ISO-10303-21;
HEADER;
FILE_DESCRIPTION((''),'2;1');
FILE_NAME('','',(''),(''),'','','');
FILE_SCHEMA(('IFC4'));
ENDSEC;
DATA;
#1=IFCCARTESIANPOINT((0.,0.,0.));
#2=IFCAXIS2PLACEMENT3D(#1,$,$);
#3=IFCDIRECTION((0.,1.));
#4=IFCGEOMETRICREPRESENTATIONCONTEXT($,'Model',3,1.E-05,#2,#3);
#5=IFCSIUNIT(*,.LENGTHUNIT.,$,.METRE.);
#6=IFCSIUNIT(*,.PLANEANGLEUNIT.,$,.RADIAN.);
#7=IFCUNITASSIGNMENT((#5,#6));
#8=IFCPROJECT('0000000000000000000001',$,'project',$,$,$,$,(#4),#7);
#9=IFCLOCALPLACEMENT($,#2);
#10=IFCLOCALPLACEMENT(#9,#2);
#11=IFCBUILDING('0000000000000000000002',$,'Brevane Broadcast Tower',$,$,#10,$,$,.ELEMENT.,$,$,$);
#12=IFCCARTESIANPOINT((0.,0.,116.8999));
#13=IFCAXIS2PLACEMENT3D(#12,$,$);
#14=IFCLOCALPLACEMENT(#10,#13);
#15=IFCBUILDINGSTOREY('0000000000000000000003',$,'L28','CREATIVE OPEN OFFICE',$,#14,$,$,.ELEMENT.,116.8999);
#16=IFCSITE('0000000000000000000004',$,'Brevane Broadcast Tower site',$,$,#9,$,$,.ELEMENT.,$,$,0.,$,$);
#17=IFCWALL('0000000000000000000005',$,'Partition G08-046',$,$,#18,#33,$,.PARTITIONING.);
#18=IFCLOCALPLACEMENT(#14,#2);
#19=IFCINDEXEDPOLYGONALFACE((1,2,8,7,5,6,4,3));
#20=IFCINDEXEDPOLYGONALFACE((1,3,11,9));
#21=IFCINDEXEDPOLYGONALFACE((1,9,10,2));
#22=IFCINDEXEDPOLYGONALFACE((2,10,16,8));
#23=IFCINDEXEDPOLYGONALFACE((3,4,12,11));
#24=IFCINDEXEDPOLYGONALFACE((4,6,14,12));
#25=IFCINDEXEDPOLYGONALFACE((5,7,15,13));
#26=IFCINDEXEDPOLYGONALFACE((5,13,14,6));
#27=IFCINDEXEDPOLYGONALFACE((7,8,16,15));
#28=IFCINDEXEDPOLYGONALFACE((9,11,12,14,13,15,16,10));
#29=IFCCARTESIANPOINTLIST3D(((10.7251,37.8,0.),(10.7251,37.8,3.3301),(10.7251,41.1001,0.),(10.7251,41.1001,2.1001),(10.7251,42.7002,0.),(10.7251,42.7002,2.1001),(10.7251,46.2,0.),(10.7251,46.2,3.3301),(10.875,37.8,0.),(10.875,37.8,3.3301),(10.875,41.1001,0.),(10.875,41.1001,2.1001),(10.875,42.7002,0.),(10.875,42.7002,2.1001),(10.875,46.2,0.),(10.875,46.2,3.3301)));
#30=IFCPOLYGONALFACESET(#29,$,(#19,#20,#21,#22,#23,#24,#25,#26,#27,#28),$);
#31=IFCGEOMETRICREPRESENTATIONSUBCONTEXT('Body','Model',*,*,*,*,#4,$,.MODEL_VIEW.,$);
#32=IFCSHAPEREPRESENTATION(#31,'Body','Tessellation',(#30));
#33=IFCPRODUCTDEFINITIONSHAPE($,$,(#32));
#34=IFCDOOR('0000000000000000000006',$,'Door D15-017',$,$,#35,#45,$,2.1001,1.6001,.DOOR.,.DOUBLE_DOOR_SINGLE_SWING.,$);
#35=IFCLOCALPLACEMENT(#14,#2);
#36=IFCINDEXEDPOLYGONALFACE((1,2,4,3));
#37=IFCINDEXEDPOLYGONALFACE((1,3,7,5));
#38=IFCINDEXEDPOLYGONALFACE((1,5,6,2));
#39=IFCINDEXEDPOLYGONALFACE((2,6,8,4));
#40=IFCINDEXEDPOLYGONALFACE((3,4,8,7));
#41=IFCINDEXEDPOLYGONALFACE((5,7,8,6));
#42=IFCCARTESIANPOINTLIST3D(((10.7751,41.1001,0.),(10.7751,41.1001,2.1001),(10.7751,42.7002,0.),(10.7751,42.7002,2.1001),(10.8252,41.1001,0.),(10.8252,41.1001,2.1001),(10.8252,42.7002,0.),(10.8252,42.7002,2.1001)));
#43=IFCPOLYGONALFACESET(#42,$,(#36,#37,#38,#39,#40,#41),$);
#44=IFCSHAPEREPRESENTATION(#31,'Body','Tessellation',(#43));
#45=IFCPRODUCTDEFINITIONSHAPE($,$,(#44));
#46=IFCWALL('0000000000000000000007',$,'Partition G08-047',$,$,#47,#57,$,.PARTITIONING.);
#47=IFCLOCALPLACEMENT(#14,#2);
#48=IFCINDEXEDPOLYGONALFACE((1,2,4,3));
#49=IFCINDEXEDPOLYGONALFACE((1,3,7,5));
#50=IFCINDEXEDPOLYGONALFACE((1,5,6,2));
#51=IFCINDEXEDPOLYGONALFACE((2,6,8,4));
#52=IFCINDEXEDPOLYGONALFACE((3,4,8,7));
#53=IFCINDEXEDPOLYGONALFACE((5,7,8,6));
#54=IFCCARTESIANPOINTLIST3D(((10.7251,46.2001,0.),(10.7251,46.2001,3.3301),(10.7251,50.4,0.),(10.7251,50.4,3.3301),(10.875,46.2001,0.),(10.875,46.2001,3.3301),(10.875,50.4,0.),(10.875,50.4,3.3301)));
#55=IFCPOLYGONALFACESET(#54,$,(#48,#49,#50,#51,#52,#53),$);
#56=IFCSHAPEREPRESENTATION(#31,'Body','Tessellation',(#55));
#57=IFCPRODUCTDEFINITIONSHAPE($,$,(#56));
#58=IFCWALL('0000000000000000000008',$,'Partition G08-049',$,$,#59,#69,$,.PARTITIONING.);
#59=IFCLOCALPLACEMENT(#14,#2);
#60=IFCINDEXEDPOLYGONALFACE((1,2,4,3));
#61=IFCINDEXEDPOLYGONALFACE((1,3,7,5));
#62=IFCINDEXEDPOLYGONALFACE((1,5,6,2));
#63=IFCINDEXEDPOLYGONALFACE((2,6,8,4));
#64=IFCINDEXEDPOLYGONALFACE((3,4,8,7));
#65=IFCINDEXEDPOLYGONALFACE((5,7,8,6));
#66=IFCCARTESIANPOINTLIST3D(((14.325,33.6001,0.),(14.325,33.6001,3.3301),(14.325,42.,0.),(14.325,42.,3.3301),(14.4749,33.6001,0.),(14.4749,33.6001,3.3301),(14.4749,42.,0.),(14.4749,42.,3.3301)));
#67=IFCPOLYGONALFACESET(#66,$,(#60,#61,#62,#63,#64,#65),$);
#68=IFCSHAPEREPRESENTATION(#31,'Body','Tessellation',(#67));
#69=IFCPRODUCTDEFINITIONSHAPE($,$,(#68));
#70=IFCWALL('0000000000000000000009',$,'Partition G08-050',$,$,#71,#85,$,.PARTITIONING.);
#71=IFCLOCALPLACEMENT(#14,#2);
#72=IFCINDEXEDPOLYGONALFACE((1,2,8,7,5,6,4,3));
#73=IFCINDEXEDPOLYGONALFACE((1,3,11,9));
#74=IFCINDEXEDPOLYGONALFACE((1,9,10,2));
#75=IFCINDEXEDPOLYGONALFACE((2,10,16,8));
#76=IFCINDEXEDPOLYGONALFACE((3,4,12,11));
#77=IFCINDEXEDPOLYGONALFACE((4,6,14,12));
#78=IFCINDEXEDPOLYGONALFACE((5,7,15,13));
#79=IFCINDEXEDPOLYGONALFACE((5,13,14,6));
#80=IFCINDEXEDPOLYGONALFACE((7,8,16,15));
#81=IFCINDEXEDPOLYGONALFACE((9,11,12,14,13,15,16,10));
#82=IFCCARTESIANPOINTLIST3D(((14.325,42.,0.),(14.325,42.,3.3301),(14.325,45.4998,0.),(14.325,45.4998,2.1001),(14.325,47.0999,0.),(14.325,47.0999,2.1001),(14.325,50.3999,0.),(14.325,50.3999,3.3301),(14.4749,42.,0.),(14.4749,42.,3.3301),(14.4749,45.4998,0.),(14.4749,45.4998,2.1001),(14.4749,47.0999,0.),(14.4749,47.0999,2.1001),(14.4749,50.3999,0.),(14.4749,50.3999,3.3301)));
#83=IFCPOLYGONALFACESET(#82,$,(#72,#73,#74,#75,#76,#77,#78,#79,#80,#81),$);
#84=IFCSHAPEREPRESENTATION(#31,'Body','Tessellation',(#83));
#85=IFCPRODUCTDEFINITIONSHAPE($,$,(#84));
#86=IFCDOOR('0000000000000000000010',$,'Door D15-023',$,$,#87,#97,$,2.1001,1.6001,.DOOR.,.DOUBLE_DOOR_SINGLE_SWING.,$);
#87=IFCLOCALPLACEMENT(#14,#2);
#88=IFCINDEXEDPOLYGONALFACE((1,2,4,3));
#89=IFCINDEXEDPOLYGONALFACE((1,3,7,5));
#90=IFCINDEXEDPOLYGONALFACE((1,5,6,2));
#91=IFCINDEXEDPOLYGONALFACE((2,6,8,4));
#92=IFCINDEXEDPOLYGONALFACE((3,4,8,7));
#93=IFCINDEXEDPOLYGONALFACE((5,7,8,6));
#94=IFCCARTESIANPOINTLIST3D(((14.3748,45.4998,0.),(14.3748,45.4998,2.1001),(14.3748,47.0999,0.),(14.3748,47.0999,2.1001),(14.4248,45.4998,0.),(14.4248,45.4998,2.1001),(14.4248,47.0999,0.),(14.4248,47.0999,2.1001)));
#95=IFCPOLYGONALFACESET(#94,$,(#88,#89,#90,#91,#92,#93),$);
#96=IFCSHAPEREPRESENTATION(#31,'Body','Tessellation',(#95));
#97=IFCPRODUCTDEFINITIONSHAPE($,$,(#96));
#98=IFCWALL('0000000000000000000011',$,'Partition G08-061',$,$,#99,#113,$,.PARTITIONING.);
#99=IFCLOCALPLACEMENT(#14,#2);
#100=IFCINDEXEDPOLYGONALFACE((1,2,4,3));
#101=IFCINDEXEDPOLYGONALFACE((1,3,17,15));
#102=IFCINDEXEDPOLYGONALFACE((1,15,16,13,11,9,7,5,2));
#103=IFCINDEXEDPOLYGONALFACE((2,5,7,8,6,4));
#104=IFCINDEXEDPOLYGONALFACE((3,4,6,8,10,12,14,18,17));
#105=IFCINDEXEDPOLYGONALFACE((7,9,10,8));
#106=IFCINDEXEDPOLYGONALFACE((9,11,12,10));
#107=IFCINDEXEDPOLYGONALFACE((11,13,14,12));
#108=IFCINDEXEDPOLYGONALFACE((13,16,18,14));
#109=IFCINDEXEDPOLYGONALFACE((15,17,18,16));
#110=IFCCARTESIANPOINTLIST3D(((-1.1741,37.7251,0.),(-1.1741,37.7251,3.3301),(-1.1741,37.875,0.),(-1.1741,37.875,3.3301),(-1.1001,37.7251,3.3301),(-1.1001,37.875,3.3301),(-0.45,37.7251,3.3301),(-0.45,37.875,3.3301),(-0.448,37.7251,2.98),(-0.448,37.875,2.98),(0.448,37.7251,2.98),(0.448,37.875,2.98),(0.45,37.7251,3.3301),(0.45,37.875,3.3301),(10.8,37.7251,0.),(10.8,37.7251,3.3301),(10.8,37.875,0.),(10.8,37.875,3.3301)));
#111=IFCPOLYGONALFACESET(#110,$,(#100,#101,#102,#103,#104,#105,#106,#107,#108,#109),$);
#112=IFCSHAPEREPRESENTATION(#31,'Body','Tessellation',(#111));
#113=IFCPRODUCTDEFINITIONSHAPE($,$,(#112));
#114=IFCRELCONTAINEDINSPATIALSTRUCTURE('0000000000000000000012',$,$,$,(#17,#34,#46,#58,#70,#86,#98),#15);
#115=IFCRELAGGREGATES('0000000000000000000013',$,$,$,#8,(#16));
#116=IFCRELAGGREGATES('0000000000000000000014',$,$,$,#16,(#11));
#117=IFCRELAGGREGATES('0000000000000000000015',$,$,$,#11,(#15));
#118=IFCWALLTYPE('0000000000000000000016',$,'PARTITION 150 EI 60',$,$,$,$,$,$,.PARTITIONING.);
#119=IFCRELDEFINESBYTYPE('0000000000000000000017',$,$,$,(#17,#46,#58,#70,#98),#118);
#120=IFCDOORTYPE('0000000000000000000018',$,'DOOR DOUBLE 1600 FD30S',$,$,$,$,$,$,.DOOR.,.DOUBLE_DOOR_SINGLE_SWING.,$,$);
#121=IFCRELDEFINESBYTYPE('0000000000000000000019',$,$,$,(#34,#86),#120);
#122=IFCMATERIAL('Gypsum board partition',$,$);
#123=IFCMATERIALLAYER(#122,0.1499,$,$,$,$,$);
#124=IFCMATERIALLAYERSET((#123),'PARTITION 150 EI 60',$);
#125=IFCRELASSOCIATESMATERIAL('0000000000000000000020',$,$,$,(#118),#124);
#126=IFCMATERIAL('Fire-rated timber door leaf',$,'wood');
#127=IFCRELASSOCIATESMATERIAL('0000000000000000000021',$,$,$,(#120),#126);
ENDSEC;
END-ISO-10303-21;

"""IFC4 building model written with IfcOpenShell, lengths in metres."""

from ifc_helpers import new_model, si_unit, direction, frame, frame_2d, origin, place, context, subcontext, project, spatial, polyline, rectangle, outline, extrude, material, layer, layer_set, type_object, element, fill, save


model = new_model("IFC4")

# Units and contexts
model_context = context("Model", 3, precision=1e-05, world=origin(), true_north=direction((0.0, 1.0)))
body_context = subcontext(model_context, "Body", "Model", "MODEL_VIEW")
ifc_project = project(units=[si_unit("LENGTHUNIT", "METRE"), si_unit("PLANEANGLEUNIT", "RADIAN")], contexts=[model_context])

# Site, building, storey
site_placement = place(None, origin())
site = spatial("IfcSite", under=ifc_project, at=site_placement, Name="Brevane Broadcast Tower site", CompositionType="ELEMENT", RefElevation=0.0)
building_placement = place(site_placement, origin())
building = spatial("IfcBuilding", under=site, at=building_placement, Name="Brevane Broadcast Tower", CompositionType="ELEMENT")
storey_placement = place(building_placement, frame((0.0, 0.0, 116.8999)))
storey = spatial("IfcBuildingStorey", under=building, at=storey_placement, Name="L28", Description="CREATIVE OPEN OFFICE", CompositionType="ELEMENT", Elevation=116.8999)

# Shared definitions
ifc_material_1 = material(Name="Gypsum board partition")

# Shared definitions
ifc_layer_1 = layer(ifc_material_1, 0.1499)
ifc_layer_set_1 = layer_set([ifc_layer_1], Name="PARTITION 150 EI 60")
wall_type_1 = type_object("IfcWallType", Name="PARTITION 150 EI 60", PredefinedType="PARTITIONING", material=ifc_layer_set_1)

# Wall, opening, door
wall_1_placement = place(storey_placement, frame((10.8, 37.8, 0.0), z_axis=(0.0, 0.0, 1.0), x_axis=(0.0, 1.0, 0.0)))
wall_1 = element("IfcWall", 1, at=wall_1_placement, inside=storey, type_object=wall_type_1, Name="Partition G08-046", PredefinedType="PARTITIONING", context=body_context, shape_type="SweptSolid", body=[
    extrude(rectangle(XDim=8.3999, YDim=0.1499, at=frame_2d((4.2, 0.0))), origin(), (0.0, 0.0, 1.0), 3.3301),
])
opening_1_placement = place(wall_1_placement, frame((3.3, 0.0, 0.0)))
opening_1 = element("IfcOpeningElement", 2, at=opening_1_placement, cuts=wall_1, PredefinedType="OPENING", context=body_context, shape_type="SweptSolid", body=[
    extrude(rectangle(XDim=1.6001, YDim=2.1001, at=frame_2d((0.8, 1.05))), frame((0.0, 0.085, 0.0), z_axis=(0.0, -1.0, 0.0), x_axis=(1.0, 0.0, 0.0)), (0.0, 0.0, 1.0), 0.1699),
])
ifc_material_2 = material(Name="Fire-rated timber door leaf", Category="wood")
door_type_1 = type_object("IfcDoorType", Name="DOOR DOUBLE 1600 FD30S", OperationType="DOUBLE_DOOR_SINGLE_SWING", PredefinedType="DOOR", material=ifc_material_2)
door_1_placement = place(opening_1_placement, origin())
door_1 = element("IfcDoor", 3, at=door_1_placement, inside=storey, type_object=door_type_1, Name="Door D15-017", OperationType="DOUBLE_DOOR_SINGLE_SWING", OverallHeight=2.1001, OverallWidth=1.6001, PredefinedType="DOOR", context=body_context, shape_type="SweptSolid", body=[
    extrude(rectangle(XDim=1.6001, YDim=2.1001, at=frame_2d((0.8, 1.05))), frame((0.0, 0.0249, 0.0), z_axis=(0.0, -1.0, 0.0), x_axis=(1.0, 0.0, 0.0)), (0.0, 0.0, 1.0), 0.05),
])
fill(opening_1, door_1)

# Walls
wall_2_placement = place(storey_placement, frame((10.8, 46.2, 0.0), z_axis=(0.0, 0.0, 1.0), x_axis=(0.0, 1.0, 0.0)))
element("IfcWall", 4, at=wall_2_placement, inside=storey, type_object=wall_type_1, Name="Partition G08-047", PredefinedType="PARTITIONING", context=body_context, shape_type="SweptSolid", body=[
    extrude(rectangle(XDim=4.2, YDim=0.1499, at=frame_2d((2.1001, 0.0))), origin(), (0.0, 0.0, 1.0), 3.3301),
])
wall_3_placement = place(storey_placement, frame((14.3999, 42.0, 0.0), z_axis=(0.0, 0.0, 1.0), x_axis=(0.0, -1.0, 0.0)))
element("IfcWall", 5, at=wall_3_placement, inside=storey, type_object=wall_type_1, Name="Partition G08-049", PredefinedType="PARTITIONING", context=body_context, shape_type="SweptSolid", body=[
    extrude(rectangle(XDim=8.3999, YDim=0.1499, at=frame_2d((4.2, 0.0))), origin(), (0.0, 0.0, 1.0), 3.3301),
])

# Wall, opening, door
wall_4_placement = place(storey_placement, frame((14.3999, 50.3999, 0.0), z_axis=(0.0, 0.0, 1.0), x_axis=(0.0, -1.0, 0.0)))
wall_4 = element("IfcWall", 6, at=wall_4_placement, inside=storey, type_object=wall_type_1, Name="Partition G08-050", PredefinedType="PARTITIONING", context=body_context, shape_type="SweptSolid", body=[
    extrude(rectangle(XDim=8.3999, YDim=0.1499, at=frame_2d((4.2, 0.0))), origin(), (0.0, 0.0, 1.0), 3.3301),
])
opening_2_placement = place(wall_4_placement, frame((3.3, 0.0, 0.0)))
opening_2 = element("IfcOpeningElement", 7, at=opening_2_placement, cuts=wall_4, PredefinedType="OPENING", context=body_context, shape_type="SweptSolid", body=[
    extrude(rectangle(XDim=1.6001, YDim=2.1001, at=frame_2d((0.8, 1.05))), frame((0.0, 0.085, 0.0), z_axis=(0.0, -1.0, 0.0), x_axis=(1.0, 0.0, 0.0)), (0.0, 0.0, 1.0), 0.1699),
])
door_2_placement = place(opening_2_placement, origin())
door_2 = element("IfcDoor", 8, at=door_2_placement, inside=storey, type_object=door_type_1, Name="Door D15-023", OperationType="DOUBLE_DOOR_SINGLE_SWING", OverallHeight=2.1001, OverallWidth=1.6001, PredefinedType="DOOR", context=body_context, shape_type="SweptSolid", body=[
    extrude(rectangle(XDim=1.6001, YDim=2.1001, at=frame_2d((0.8, 1.05))), frame((0.0, 0.0249, 0.0), z_axis=(0.0, -1.0, 0.0), x_axis=(1.0, 0.0, 0.0)), (0.0, 0.0, 1.0), 0.05),
])
fill(opening_2, door_2)

# Wall
wall_5_placement = place(storey_placement, frame((-1.1741, 37.8, 0.0), z_axis=(0.0, 0.0, 1.0), x_axis=(1.0, 0.0, 0.0)))
element("IfcWall", 9, at=wall_5_placement, inside=storey, type_object=wall_type_1, Name="Partition G08-061", PredefinedType="PARTITIONING", context=body_context, shape_type="SweptSolid", body=[
    extrude(outline(polyline([(0.0, 0.0), (11.9741, 0.0), (11.9741, 3.3301), (1.624, 3.3301), (1.6221, 2.98), (0.7261, 2.98), (0.7241, 3.3301), (0.074, 3.3301), (0.0, 3.3301), (0.0, 0.0)])), frame((0.0, 0.075, 0.0), z_axis=(0.0, -1.0, 0.0), x_axis=(1.0, 0.0, 0.0)), (0.0, 0.0, 1.0), 0.1499),
])

save(model, "model.ifc")
